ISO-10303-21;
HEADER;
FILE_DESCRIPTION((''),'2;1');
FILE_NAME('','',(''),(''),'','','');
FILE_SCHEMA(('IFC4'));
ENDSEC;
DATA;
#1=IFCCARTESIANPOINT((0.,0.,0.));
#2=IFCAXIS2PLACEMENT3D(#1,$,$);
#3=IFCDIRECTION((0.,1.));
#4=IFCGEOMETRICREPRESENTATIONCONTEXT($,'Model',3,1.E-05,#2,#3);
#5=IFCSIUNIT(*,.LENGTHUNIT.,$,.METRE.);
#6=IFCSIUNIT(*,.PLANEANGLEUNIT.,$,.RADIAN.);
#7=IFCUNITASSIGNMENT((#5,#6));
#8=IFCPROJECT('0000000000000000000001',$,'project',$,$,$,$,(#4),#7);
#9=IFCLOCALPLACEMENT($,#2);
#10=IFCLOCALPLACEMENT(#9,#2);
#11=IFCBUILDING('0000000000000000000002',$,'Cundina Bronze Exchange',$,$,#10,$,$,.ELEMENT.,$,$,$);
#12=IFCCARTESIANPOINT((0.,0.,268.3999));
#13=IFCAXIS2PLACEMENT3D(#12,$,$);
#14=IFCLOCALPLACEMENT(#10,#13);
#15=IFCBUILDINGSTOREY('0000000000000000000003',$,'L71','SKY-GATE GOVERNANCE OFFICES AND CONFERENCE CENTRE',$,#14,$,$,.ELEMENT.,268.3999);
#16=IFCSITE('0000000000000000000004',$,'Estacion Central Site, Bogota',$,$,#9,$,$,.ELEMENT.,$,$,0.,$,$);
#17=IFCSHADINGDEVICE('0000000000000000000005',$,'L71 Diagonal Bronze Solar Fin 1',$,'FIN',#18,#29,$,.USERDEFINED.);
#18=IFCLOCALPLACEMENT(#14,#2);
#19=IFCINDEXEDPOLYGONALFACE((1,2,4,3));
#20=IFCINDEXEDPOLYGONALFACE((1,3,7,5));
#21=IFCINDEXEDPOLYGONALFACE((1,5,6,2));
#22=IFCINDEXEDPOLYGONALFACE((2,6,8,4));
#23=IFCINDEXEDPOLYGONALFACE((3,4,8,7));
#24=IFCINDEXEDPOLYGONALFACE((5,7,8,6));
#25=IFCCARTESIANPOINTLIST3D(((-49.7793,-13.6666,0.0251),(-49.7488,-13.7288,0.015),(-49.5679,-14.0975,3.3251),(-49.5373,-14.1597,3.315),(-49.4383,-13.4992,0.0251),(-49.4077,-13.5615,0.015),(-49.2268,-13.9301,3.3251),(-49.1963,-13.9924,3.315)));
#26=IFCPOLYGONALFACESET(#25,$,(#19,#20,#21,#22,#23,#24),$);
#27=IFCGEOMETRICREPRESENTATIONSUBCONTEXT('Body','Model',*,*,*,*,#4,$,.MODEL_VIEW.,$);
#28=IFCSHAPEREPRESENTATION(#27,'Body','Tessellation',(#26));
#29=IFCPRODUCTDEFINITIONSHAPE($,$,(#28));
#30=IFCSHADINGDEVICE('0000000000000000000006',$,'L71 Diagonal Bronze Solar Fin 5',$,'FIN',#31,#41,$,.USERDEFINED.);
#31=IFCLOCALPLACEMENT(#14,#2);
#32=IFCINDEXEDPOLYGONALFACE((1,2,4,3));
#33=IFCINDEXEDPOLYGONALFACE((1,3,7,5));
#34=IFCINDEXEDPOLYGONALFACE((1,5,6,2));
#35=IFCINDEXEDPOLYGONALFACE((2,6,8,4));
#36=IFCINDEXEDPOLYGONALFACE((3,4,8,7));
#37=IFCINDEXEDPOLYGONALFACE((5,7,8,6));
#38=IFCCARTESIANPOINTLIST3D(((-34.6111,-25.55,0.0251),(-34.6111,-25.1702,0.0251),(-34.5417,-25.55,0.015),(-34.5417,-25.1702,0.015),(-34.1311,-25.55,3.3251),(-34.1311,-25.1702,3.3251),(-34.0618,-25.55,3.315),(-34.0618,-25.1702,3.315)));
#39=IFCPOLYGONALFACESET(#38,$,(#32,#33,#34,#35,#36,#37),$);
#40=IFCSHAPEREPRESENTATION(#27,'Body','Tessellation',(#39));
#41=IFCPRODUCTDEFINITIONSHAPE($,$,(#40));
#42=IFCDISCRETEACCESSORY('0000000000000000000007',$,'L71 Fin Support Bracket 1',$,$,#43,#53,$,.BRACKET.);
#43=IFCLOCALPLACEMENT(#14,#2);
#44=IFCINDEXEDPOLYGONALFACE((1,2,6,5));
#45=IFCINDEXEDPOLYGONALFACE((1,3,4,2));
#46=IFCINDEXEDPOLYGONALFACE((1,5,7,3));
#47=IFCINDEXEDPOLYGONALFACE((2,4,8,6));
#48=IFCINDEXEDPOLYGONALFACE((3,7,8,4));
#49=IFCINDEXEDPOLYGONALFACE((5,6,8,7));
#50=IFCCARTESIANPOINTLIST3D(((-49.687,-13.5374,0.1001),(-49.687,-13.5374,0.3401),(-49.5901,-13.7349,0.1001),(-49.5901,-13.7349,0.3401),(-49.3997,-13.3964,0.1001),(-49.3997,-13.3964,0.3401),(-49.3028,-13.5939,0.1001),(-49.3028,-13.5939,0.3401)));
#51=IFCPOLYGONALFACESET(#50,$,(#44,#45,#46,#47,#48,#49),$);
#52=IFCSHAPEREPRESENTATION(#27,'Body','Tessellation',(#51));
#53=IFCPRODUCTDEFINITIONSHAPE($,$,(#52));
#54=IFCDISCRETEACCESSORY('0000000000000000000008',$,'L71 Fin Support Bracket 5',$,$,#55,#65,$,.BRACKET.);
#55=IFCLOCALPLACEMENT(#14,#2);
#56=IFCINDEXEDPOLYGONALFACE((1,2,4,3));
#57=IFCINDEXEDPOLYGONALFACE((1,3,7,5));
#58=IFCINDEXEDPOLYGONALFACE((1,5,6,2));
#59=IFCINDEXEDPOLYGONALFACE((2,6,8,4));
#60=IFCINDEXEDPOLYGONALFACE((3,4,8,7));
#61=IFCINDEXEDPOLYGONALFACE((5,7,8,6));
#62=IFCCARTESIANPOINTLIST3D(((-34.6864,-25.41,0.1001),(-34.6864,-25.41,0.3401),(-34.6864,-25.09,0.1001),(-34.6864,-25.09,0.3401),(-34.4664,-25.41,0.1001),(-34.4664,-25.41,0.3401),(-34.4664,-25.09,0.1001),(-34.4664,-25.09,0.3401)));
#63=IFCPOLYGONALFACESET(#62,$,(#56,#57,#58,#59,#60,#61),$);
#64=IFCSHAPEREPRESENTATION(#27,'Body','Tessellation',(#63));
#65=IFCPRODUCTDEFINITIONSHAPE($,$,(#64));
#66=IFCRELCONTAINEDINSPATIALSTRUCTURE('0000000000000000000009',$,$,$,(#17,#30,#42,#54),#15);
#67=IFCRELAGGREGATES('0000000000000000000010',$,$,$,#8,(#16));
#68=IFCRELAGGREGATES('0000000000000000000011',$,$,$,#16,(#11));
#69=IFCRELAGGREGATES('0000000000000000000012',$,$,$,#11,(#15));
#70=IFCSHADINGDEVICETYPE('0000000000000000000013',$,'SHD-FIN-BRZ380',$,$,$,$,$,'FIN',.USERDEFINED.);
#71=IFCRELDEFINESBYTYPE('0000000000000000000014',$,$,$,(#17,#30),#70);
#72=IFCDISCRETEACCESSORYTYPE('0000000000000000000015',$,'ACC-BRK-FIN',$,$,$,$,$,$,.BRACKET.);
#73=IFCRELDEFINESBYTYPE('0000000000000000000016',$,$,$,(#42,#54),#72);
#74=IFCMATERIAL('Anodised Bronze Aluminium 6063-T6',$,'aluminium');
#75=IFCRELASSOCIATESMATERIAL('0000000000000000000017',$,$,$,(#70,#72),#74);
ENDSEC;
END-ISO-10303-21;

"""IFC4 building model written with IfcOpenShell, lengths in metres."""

from ifc_helpers import new_model, si_unit, direction, frame, origin, origin_2d, place, context, subcontext, project, spatial, rectangle, extrude, material, material_profile, profile_set, type_object, element, save


model = new_model("IFC4")

# Units and contexts
model_context = context("Model", 3, precision=1e-05, world=origin(), true_north=direction((0.0, 1.0)))
body_context = subcontext(model_context, "Body", "Model", "MODEL_VIEW")
ifc_project = project(units=[si_unit("LENGTHUNIT", "METRE"), si_unit("PLANEANGLEUNIT", "RADIAN")], contexts=[model_context])

# Site, building, storey
site_placement = place(None, origin())
site = spatial("IfcSite", under=ifc_project, at=site_placement, Name="Estacion Central Site, Bogota", CompositionType="ELEMENT", RefElevation=0.0)
building_placement = place(site_placement, origin())
building = spatial("IfcBuilding", under=site, at=building_placement, Name="Cundina Bronze Exchange", CompositionType="ELEMENT")
storey_placement = place(building_placement, frame((0.0, 0.0, 268.3999)))
storey = spatial("IfcBuildingStorey", under=building, at=storey_placement, Name="L71", Description="SKY-GATE GOVERNANCE OFFICES AND CONFERENCE CENTRE", CompositionType="ELEMENT", Elevation=268.3999)

# Shared definitions
ifc_material_1 = material(Name="Anodised Bronze Aluminium 6063-T6", Category="aluminium")

# Shading devices
ifc_material_profile_1 = material_profile(ifc_material_1, rectangle(XDim=0.0701, YDim=0.3799, at=origin_2d()), Name="FIN70X380", Category="aluminium")
ifc_profile_set_1 = profile_set([ifc_material_profile_1], Name="Anodised Bronze Aluminium 6063-T6")
shading_device_type = type_object("IfcShadingDeviceType", Name="SHD-FIN-BRZ380", ElementType="FIN", PredefinedType="USERDEFINED", material=ifc_profile_set_1)
for number, where, z_axis, x_axis, name in (
    (1, (-49.5935, -13.614, 0.02), (0.0634, -0.129217, 0.989588), (-0.4359, 0.888411, 0.143932), "L71 Diagonal Bronze Solar Fin 1"),
    (2, (-34.5764, -25.3601, 0.02), (0.143932, 0.0, 0.989588), (-0.989588, 0.0, 0.143932), "L71 Diagonal Bronze Solar Fin 5"),
):
    element("IfcShadingDevice", number, at=place(storey_placement, frame(where, z_axis=z_axis, x_axis=x_axis)), inside=storey, type_object=shading_device_type, Name=name, ObjectType="FIN", PredefinedType="USERDEFINED", context=body_context, shape_type="SweptSolid", body=[
        extrude(rectangle(XDim=0.0701, YDim=0.3799, at=origin_2d()), origin(), (0.0, 0.0, 1.0), 3.3347),
    ])

# Discrete accessories
discrete_accessory_type = type_object("IfcDiscreteAccessoryType", Name="ACC-BRK-FIN", PredefinedType="BRACKET", material=ifc_material_1)
for number, where, z_axis, x_axis, name in (
    (3, (-49.4949, -13.5657, 0.1001), (0.0, 0.0, 1.0), (0.440503, -0.897751, 0.0), "L71 Fin Support Bracket 1"),
    (4, (-34.5764, -25.25, 0.1001), (0.0, 0.0, 1.0), (1.0, 0.0, 0.0), "L71 Fin Support Bracket 5"),
):
    element("IfcDiscreteAccessory", number, at=place(storey_placement, frame(where, z_axis=z_axis, x_axis=x_axis)), inside=storey, type_object=discrete_accessory_type, Name=name, PredefinedType="BRACKET", context=body_context, shape_type="SweptSolid", body=[
        extrude(rectangle(XDim=0.22, YDim=0.3201, at=origin_2d()), origin(), (0.0, 0.0, 1.0), 0.24),
    ])

save(model, "model.ifc")
